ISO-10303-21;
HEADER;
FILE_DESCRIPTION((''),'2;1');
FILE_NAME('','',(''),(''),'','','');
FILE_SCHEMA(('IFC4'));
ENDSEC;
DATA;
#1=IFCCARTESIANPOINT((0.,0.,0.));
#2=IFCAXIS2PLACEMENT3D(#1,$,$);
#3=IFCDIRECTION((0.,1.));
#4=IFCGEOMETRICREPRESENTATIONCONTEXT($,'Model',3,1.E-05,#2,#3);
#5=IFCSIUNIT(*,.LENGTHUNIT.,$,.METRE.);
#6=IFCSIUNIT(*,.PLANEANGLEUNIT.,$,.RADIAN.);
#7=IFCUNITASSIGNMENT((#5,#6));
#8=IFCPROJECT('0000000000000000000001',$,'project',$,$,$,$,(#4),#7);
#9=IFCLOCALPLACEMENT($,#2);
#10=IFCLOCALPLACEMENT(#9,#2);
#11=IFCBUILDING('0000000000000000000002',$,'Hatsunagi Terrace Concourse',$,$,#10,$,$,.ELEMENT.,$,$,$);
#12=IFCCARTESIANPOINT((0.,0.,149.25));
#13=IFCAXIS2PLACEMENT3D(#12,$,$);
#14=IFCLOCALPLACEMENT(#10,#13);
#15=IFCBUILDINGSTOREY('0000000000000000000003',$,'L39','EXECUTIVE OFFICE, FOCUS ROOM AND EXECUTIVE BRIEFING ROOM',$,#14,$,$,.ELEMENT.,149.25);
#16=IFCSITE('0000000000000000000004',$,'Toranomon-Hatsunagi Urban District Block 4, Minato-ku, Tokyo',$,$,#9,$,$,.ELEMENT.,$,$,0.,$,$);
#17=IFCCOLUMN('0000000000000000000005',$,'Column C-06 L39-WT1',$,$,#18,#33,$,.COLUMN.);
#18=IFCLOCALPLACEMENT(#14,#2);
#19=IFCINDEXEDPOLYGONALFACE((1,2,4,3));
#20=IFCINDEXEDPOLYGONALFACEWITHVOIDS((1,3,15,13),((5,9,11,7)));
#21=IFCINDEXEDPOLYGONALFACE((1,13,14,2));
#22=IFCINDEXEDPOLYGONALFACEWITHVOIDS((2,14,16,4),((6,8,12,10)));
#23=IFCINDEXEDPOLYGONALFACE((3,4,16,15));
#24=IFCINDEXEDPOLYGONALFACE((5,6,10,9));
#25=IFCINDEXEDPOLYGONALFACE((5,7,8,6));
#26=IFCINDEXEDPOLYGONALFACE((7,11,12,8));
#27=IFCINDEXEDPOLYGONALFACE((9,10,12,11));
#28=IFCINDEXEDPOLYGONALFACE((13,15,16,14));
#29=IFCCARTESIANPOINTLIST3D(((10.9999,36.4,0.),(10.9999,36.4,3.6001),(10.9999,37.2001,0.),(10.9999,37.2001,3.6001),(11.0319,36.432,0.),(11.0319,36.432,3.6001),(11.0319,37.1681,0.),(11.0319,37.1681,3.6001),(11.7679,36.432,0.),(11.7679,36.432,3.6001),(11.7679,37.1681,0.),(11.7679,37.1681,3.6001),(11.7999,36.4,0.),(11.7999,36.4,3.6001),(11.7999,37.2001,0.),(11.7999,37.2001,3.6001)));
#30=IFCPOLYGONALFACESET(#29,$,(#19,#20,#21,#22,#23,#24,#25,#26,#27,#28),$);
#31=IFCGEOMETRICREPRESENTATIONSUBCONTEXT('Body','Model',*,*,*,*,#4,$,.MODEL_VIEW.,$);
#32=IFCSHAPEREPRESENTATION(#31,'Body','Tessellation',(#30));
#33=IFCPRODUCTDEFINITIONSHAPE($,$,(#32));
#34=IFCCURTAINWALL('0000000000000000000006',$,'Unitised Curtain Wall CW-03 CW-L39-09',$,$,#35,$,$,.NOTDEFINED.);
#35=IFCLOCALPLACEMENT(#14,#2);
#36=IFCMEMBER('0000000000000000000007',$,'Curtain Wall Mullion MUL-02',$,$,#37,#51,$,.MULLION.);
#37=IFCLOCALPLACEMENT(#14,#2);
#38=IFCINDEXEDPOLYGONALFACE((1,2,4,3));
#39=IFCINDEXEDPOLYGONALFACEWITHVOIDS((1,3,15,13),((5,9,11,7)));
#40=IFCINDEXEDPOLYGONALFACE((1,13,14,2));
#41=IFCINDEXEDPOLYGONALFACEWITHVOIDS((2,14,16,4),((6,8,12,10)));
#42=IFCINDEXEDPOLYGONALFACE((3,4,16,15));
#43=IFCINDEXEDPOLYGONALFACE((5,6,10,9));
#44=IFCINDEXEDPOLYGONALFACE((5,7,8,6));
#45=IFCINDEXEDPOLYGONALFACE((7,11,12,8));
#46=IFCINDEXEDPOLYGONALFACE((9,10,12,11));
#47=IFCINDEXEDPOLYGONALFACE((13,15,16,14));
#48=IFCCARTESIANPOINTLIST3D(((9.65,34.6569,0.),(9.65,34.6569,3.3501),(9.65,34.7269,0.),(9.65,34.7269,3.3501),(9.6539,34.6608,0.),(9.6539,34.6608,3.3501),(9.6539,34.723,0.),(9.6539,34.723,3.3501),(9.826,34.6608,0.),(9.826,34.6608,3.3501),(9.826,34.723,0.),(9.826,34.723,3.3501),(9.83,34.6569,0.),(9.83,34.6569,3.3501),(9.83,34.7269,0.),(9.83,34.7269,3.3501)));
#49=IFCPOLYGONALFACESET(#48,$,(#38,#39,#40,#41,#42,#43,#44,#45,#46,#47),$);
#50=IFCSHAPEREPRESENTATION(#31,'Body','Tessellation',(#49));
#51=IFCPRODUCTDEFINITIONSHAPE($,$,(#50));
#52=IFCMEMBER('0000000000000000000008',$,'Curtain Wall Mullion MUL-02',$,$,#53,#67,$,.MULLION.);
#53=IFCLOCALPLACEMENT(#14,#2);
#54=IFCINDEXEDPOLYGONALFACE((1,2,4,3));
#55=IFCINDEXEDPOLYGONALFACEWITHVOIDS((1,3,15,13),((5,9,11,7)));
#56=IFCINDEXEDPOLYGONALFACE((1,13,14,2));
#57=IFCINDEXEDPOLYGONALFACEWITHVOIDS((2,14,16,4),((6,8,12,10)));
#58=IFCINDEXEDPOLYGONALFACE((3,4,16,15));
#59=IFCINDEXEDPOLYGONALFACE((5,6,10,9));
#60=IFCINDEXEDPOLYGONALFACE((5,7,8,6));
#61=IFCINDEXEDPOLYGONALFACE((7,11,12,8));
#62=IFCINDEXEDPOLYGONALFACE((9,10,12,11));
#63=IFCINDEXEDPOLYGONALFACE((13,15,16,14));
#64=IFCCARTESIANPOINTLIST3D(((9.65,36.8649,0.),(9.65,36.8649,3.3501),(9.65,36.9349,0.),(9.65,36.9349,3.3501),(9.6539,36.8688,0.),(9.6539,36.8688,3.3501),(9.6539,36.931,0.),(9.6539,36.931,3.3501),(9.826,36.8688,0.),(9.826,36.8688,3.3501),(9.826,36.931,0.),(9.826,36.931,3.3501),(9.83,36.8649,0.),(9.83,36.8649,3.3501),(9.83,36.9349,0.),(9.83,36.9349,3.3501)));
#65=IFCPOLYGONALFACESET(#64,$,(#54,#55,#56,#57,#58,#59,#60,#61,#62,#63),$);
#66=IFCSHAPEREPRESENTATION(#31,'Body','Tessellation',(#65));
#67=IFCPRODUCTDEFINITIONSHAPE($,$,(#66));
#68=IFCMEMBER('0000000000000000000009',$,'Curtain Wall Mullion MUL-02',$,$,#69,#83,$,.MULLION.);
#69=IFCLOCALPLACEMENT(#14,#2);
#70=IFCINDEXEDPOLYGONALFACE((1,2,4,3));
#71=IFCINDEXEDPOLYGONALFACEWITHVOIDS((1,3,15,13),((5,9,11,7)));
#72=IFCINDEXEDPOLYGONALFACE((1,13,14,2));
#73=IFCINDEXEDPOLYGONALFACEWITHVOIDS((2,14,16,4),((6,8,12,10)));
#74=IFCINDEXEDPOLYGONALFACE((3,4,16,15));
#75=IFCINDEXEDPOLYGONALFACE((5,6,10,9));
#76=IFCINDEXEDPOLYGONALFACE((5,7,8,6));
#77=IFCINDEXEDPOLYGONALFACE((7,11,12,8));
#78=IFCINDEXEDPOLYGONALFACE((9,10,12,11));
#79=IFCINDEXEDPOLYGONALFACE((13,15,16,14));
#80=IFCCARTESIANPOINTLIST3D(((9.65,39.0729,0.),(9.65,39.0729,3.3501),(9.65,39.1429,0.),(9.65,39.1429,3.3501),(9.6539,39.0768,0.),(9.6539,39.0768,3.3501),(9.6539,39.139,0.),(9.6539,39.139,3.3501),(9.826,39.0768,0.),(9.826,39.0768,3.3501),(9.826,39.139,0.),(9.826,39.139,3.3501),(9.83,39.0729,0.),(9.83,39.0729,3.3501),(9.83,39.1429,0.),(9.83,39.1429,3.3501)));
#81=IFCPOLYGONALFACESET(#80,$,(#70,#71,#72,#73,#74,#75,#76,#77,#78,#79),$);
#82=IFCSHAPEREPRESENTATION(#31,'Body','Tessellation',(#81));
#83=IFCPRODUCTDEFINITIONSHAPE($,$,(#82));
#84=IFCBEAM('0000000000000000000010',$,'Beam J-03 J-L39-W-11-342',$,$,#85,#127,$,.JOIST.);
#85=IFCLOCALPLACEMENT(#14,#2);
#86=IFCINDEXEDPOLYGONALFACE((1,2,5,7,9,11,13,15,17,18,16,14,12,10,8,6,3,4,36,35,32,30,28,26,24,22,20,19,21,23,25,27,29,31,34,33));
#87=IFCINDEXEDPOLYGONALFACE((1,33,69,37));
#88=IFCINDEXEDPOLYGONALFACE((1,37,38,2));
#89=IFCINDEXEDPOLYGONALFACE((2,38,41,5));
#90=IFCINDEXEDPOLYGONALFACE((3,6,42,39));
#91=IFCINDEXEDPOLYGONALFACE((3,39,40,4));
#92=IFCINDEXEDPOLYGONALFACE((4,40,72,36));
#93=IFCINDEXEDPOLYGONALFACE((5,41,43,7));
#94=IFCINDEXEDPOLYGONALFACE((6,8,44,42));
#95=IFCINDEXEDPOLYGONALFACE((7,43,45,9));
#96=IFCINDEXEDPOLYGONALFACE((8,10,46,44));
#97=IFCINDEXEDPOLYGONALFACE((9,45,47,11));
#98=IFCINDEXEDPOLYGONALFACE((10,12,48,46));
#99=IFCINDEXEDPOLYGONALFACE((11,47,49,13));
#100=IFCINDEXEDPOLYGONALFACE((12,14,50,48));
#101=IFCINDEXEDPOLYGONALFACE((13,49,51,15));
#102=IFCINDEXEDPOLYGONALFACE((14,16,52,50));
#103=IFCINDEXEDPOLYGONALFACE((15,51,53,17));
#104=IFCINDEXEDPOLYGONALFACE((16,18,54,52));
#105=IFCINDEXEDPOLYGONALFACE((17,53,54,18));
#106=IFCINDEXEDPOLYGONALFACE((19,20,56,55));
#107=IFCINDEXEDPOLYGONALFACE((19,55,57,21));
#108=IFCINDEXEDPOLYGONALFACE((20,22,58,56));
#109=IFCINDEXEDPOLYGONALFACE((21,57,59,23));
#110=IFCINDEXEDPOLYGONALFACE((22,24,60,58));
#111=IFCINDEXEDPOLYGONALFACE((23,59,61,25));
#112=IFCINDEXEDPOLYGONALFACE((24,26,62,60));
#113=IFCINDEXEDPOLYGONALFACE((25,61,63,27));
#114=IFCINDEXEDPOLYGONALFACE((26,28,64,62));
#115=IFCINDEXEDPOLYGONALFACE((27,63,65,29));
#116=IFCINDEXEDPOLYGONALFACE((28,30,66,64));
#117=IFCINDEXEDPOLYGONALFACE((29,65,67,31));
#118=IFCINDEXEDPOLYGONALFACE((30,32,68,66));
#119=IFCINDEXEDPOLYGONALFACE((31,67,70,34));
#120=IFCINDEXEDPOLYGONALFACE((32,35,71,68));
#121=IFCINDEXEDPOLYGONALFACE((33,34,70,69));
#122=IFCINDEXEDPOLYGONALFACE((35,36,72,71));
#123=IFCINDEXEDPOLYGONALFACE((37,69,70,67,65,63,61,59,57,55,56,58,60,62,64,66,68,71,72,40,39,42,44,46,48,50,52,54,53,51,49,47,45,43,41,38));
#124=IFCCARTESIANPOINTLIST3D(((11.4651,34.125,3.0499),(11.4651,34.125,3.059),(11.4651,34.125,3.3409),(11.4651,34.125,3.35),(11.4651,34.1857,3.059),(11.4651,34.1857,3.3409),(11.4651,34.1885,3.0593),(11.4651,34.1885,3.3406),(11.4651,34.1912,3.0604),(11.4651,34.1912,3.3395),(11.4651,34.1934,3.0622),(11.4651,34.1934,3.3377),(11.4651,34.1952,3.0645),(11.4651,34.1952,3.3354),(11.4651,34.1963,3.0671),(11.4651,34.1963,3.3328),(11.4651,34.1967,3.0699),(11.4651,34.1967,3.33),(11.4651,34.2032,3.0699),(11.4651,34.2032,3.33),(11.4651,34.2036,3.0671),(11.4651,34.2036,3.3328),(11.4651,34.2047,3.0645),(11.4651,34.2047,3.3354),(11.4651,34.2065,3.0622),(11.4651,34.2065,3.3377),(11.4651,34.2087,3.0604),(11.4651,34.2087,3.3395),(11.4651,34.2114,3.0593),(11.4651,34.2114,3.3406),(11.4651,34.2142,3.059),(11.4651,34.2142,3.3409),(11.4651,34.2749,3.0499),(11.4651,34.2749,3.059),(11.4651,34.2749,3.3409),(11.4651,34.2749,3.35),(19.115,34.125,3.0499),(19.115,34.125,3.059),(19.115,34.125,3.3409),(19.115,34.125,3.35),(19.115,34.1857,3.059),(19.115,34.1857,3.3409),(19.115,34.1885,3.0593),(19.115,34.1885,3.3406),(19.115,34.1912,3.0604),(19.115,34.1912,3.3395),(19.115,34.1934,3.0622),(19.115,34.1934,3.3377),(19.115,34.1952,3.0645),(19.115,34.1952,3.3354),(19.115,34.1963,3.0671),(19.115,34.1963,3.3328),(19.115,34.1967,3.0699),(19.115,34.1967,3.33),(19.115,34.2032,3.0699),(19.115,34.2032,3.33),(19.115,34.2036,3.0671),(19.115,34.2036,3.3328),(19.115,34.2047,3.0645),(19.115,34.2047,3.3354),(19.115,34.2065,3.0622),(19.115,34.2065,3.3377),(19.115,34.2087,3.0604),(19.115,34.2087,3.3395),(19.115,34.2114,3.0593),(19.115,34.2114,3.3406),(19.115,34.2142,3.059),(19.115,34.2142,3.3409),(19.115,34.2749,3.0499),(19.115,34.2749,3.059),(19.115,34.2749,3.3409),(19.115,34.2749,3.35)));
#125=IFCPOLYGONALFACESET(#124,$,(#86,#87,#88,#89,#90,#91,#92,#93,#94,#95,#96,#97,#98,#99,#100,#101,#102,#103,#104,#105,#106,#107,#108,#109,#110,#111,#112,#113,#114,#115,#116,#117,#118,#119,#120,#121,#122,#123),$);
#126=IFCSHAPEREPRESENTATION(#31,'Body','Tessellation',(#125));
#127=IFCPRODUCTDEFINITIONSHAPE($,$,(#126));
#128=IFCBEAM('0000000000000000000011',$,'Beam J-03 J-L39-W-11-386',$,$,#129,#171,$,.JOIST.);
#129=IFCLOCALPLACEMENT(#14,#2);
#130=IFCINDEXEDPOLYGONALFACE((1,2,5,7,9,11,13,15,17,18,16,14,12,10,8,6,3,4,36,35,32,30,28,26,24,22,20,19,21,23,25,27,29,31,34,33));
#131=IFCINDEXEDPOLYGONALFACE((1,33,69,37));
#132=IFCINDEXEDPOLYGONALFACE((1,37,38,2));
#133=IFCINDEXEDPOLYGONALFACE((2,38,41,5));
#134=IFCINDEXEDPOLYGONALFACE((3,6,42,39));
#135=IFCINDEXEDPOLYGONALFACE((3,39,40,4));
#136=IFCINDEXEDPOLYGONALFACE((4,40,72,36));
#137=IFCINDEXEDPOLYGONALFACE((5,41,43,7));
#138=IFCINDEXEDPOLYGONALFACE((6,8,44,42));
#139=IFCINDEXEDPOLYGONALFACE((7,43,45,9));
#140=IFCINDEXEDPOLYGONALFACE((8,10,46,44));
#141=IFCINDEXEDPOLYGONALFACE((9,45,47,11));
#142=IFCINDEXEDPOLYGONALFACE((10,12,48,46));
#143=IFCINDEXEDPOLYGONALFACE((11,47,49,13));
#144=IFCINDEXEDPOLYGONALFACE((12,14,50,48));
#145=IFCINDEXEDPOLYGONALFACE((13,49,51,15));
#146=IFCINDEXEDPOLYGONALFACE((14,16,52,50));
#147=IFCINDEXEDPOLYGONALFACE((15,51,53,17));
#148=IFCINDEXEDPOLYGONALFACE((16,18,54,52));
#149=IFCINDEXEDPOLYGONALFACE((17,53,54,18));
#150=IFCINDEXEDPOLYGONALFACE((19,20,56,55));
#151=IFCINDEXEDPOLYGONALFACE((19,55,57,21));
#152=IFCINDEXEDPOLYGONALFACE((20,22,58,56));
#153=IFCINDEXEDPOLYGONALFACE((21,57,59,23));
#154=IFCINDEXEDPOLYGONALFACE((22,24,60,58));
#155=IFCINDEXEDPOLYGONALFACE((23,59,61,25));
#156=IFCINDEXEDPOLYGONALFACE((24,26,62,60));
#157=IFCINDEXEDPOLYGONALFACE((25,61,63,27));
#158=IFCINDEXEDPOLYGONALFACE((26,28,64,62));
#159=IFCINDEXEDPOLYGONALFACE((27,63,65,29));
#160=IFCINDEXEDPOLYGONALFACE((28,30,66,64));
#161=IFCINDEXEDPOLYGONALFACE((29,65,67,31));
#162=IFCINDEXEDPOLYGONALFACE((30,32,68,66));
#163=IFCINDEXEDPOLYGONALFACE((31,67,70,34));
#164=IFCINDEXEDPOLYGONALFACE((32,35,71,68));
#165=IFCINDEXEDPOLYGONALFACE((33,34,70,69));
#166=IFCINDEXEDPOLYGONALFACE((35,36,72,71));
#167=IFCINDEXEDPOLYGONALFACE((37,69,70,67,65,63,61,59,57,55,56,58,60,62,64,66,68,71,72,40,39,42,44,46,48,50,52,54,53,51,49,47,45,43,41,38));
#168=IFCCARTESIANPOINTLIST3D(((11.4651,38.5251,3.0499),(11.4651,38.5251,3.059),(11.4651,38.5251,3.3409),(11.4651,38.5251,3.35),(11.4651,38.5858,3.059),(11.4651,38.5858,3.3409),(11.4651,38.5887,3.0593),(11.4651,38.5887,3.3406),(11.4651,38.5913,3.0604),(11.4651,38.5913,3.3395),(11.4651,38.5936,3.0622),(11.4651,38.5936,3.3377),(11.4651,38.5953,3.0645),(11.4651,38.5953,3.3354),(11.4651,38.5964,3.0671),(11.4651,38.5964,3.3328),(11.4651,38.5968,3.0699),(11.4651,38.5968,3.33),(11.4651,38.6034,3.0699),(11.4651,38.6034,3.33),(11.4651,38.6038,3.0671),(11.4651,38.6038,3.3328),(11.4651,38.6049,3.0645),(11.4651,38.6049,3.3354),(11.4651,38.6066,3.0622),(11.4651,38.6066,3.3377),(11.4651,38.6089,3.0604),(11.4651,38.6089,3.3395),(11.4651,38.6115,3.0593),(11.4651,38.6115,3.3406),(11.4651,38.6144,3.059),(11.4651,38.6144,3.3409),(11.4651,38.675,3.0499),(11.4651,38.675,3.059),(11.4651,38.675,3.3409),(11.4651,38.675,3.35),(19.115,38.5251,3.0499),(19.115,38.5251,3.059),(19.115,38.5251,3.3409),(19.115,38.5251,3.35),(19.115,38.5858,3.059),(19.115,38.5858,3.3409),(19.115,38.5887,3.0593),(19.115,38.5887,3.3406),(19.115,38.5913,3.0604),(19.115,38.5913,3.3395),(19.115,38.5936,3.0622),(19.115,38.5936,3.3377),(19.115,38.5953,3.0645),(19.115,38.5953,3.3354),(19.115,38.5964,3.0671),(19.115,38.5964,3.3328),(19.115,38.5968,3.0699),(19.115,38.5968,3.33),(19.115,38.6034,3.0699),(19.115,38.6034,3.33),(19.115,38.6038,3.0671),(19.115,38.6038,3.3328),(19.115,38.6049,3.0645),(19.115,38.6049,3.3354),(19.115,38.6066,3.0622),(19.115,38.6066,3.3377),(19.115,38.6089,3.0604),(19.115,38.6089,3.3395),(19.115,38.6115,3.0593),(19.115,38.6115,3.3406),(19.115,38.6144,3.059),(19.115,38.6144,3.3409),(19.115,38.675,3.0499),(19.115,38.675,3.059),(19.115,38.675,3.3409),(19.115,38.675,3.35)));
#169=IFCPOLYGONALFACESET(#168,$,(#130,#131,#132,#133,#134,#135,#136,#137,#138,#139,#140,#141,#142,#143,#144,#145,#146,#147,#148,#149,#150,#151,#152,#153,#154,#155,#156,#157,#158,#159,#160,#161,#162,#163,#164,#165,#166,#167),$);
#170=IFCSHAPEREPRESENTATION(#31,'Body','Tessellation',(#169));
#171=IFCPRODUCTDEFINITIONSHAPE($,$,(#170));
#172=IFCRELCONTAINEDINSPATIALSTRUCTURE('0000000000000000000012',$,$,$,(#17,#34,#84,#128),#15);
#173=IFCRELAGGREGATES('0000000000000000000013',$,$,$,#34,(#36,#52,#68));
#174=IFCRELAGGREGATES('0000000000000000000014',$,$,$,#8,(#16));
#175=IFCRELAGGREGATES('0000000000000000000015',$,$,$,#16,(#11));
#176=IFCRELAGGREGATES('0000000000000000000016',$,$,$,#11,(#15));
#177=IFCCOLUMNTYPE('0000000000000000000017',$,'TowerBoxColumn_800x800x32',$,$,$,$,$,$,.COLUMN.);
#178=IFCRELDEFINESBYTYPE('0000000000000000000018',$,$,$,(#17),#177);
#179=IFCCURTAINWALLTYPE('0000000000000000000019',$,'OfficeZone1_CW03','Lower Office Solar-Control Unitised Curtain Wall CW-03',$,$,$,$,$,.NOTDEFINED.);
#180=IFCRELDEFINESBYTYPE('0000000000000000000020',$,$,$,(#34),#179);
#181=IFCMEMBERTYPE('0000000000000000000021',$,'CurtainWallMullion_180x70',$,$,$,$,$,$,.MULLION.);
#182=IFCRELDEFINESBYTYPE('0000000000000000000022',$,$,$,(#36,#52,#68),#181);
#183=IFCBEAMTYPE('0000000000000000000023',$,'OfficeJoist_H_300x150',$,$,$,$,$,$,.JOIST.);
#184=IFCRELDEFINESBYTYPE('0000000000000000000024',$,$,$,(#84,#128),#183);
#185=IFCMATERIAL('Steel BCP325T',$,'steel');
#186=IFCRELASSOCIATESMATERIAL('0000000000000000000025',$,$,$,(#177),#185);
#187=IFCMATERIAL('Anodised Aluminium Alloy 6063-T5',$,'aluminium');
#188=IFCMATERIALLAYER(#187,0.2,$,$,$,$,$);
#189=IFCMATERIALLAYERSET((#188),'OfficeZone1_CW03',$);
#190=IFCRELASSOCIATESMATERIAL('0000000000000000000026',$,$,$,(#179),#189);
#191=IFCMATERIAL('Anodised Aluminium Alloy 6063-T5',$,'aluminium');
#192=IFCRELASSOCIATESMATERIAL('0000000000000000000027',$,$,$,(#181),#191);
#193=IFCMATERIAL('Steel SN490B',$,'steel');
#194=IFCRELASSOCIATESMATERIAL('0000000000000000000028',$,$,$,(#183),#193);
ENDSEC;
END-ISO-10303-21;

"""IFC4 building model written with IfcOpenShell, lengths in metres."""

from ifc_helpers import new_model, si_unit, direction, frame, origin, origin_2d, place, context, subcontext, project, spatial, hollow_rectangle, i_section, extrude, material, layer, layer_set, material_profile, profile_set, type_object, element, aggregate, save


model = new_model("IFC4")

# Units and contexts
model_context = context("Model", 3, precision=1e-05, world=origin(), true_north=direction((0.0, 1.0)))
body_context = subcontext(model_context, "Body", "Model", "MODEL_VIEW")
ifc_project = project(units=[si_unit("LENGTHUNIT", "METRE"), si_unit("PLANEANGLEUNIT", "RADIAN")], contexts=[model_context])

# Site, building, storey
site_placement = place(None, origin())
site = spatial("IfcSite", under=ifc_project, at=site_placement, Name="Toranomon-Hatsunagi Urban District Block 4, Minato-ku, Tokyo", CompositionType="ELEMENT", RefElevation=0.0)
building_placement = place(site_placement, origin())
building = spatial("IfcBuilding", under=site, at=building_placement, Name="Hatsunagi Terrace Concourse", CompositionType="ELEMENT")
storey_placement = place(building_placement, frame((0.0, 0.0, 149.25)))
storey = spatial("IfcBuildingStorey", under=building, at=storey_placement, Name="L39", Description="EXECUTIVE OFFICE, FOCUS ROOM AND EXECUTIVE BRIEFING ROOM", CompositionType="ELEMENT", Elevation=149.25)

# Column
ifc_material_1 = material(Name="Steel BCP325T", Category="steel")
ifc_material_profile_1 = material_profile(ifc_material_1, hollow_rectangle(XDim=0.8, YDim=0.8, WallThickness=0.032, at=origin_2d()), Name="BCP-800x800x32")
ifc_profile_set_1 = profile_set([ifc_material_profile_1], Name="Steel BCP325T")
column_type = type_object("IfcColumnType", Name="TowerBoxColumn_800x800x32", PredefinedType="COLUMN", material=ifc_profile_set_1)
column_placement = place(storey_placement, frame((11.3999, 36.8, 0.0), z_axis=(0.0, 0.0, 1.0), x_axis=(1.0, 0.0, 0.0)))
element("IfcColumn", 1, at=column_placement, inside=storey, type_object=column_type, Name="Column C-06 L39-WT1", PredefinedType="COLUMN", context=body_context, shape_type="SweptSolid", body=[
    extrude(hollow_rectangle(XDim=0.8, YDim=0.8, WallThickness=0.032, at=origin_2d()), origin(), (0.0, 0.0, 1.0), 3.6001),
])

# Curtain wall, members
ifc_material_2 = material(Name="Anodised Aluminium Alloy 6063-T5", Category="aluminium")
ifc_layer_1 = layer(ifc_material_2, 0.2)
ifc_layer_set_1 = layer_set([ifc_layer_1], Name="OfficeZone1_CW03")
curtain_wall_type = type_object("IfcCurtainWallType", Name="OfficeZone1_CW03", Description="Lower Office Solar-Control Unitised Curtain Wall CW-03", PredefinedType="NOTDEFINED", material=ifc_layer_set_1)
curtain_wall_placement = place(storey_placement, origin())
curtain_wall = element("IfcCurtainWall", 2, at=curtain_wall_placement, inside=storey, type_object=curtain_wall_type, Name="Unitised Curtain Wall CW-03 CW-L39-09", PredefinedType="NOTDEFINED")
ifc_material_3 = material(Name="Anodised Aluminium Alloy 6063-T5", Category="aluminium")
ifc_material_profile_2 = material_profile(ifc_material_3, hollow_rectangle(XDim=0.0701, YDim=0.1799, WallThickness=0.0039, at=origin_2d()), Name="ALU-MUL-180x70x4")
ifc_profile_set_2 = profile_set([ifc_material_profile_2], Name="Anodised Aluminium Alloy 6063-T5")
member_type = type_object("IfcMemberType", Name="CurtainWallMullion_180x70", PredefinedType="MULLION", material=ifc_profile_set_2)
member_1_placement = place(storey_placement, frame((9.74, 34.6919, 0.0), z_axis=(0.0, 0.0, 1.0), x_axis=(0.0, 1.0, 0.0)))
member_1 = element("IfcMember", 3, at=member_1_placement, type_object=member_type, Name="Curtain Wall Mullion MUL-02", PredefinedType="MULLION", context=body_context, shape_type="SweptSolid", body=[
    extrude(hollow_rectangle(XDim=0.0701, YDim=0.1799, WallThickness=0.0039, at=origin_2d()), origin(), (0.0, 0.0, 1.0), 3.3501),
])
member_2_placement = place(storey_placement, frame((9.74, 36.8999, 0.0), z_axis=(0.0, 0.0, 1.0), x_axis=(0.0, 1.0, 0.0)))
member_2 = element("IfcMember", 4, at=member_2_placement, type_object=member_type, Name="Curtain Wall Mullion MUL-02", PredefinedType="MULLION", context=body_context, shape_type="SweptSolid", body=[
    extrude(hollow_rectangle(XDim=0.0701, YDim=0.1799, WallThickness=0.0039, at=origin_2d()), origin(), (0.0, 0.0, 1.0), 3.3501),
])
member_3_placement = place(storey_placement, frame((9.74, 39.1079, 0.0), z_axis=(0.0, 0.0, 1.0), x_axis=(0.0, 1.0, 0.0)))
member_3 = element("IfcMember", 5, at=member_3_placement, type_object=member_type, Name="Curtain Wall Mullion MUL-02", PredefinedType="MULLION", context=body_context, shape_type="SweptSolid", body=[
    extrude(hollow_rectangle(XDim=0.0701, YDim=0.1799, WallThickness=0.0039, at=origin_2d()), origin(), (0.0, 0.0, 1.0), 3.3501),
])

# Beams
ifc_material_4 = material(Name="Steel SN490B", Category="steel")
ifc_material_profile_3 = material_profile(ifc_material_4, i_section(OverallWidth=0.1499, OverallDepth=0.3, WebThickness=0.0066, FlangeThickness=0.009, FilletRadius=0.011, at=origin_2d()), Name="H-300x150x6.5x9")
ifc_profile_set_3 = profile_set([ifc_material_profile_3], Name="Steel SN490B")
beam_type_1 = type_object("IfcBeamType", Name="OfficeJoist_H_300x150", PredefinedType="JOIST", material=ifc_profile_set_3)
for number, where, z_axis, x_axis, name in (
    (6, (11.4651, 34.2, 3.2), (1.0, 0.0, 0.0), (0.0, 1.0, 0.0), "Beam J-03 J-L39-W-11-342"),
    (7, (11.4651, 38.6001, 3.2), (1.0, 0.0, 0.0), (0.0, 1.0, 0.0), "Beam J-03 J-L39-W-11-386"),
):
    element("IfcBeam", number, at=place(storey_placement, frame(where, z_axis=z_axis, x_axis=x_axis)), inside=storey, type_object=beam_type_1, Name=name, PredefinedType="JOIST", context=body_context, shape_type="SweptSolid", body=[
        extrude(i_section(OverallWidth=0.1499, OverallDepth=0.3, WebThickness=0.0066, FlangeThickness=0.009, FilletRadius=0.011, at=origin_2d()), origin(), (0.0, 0.0, 1.0), 7.6499),
    ])

aggregate(curtain_wall, [member_1, member_2, member_3])

save(model, "model.ifc")
